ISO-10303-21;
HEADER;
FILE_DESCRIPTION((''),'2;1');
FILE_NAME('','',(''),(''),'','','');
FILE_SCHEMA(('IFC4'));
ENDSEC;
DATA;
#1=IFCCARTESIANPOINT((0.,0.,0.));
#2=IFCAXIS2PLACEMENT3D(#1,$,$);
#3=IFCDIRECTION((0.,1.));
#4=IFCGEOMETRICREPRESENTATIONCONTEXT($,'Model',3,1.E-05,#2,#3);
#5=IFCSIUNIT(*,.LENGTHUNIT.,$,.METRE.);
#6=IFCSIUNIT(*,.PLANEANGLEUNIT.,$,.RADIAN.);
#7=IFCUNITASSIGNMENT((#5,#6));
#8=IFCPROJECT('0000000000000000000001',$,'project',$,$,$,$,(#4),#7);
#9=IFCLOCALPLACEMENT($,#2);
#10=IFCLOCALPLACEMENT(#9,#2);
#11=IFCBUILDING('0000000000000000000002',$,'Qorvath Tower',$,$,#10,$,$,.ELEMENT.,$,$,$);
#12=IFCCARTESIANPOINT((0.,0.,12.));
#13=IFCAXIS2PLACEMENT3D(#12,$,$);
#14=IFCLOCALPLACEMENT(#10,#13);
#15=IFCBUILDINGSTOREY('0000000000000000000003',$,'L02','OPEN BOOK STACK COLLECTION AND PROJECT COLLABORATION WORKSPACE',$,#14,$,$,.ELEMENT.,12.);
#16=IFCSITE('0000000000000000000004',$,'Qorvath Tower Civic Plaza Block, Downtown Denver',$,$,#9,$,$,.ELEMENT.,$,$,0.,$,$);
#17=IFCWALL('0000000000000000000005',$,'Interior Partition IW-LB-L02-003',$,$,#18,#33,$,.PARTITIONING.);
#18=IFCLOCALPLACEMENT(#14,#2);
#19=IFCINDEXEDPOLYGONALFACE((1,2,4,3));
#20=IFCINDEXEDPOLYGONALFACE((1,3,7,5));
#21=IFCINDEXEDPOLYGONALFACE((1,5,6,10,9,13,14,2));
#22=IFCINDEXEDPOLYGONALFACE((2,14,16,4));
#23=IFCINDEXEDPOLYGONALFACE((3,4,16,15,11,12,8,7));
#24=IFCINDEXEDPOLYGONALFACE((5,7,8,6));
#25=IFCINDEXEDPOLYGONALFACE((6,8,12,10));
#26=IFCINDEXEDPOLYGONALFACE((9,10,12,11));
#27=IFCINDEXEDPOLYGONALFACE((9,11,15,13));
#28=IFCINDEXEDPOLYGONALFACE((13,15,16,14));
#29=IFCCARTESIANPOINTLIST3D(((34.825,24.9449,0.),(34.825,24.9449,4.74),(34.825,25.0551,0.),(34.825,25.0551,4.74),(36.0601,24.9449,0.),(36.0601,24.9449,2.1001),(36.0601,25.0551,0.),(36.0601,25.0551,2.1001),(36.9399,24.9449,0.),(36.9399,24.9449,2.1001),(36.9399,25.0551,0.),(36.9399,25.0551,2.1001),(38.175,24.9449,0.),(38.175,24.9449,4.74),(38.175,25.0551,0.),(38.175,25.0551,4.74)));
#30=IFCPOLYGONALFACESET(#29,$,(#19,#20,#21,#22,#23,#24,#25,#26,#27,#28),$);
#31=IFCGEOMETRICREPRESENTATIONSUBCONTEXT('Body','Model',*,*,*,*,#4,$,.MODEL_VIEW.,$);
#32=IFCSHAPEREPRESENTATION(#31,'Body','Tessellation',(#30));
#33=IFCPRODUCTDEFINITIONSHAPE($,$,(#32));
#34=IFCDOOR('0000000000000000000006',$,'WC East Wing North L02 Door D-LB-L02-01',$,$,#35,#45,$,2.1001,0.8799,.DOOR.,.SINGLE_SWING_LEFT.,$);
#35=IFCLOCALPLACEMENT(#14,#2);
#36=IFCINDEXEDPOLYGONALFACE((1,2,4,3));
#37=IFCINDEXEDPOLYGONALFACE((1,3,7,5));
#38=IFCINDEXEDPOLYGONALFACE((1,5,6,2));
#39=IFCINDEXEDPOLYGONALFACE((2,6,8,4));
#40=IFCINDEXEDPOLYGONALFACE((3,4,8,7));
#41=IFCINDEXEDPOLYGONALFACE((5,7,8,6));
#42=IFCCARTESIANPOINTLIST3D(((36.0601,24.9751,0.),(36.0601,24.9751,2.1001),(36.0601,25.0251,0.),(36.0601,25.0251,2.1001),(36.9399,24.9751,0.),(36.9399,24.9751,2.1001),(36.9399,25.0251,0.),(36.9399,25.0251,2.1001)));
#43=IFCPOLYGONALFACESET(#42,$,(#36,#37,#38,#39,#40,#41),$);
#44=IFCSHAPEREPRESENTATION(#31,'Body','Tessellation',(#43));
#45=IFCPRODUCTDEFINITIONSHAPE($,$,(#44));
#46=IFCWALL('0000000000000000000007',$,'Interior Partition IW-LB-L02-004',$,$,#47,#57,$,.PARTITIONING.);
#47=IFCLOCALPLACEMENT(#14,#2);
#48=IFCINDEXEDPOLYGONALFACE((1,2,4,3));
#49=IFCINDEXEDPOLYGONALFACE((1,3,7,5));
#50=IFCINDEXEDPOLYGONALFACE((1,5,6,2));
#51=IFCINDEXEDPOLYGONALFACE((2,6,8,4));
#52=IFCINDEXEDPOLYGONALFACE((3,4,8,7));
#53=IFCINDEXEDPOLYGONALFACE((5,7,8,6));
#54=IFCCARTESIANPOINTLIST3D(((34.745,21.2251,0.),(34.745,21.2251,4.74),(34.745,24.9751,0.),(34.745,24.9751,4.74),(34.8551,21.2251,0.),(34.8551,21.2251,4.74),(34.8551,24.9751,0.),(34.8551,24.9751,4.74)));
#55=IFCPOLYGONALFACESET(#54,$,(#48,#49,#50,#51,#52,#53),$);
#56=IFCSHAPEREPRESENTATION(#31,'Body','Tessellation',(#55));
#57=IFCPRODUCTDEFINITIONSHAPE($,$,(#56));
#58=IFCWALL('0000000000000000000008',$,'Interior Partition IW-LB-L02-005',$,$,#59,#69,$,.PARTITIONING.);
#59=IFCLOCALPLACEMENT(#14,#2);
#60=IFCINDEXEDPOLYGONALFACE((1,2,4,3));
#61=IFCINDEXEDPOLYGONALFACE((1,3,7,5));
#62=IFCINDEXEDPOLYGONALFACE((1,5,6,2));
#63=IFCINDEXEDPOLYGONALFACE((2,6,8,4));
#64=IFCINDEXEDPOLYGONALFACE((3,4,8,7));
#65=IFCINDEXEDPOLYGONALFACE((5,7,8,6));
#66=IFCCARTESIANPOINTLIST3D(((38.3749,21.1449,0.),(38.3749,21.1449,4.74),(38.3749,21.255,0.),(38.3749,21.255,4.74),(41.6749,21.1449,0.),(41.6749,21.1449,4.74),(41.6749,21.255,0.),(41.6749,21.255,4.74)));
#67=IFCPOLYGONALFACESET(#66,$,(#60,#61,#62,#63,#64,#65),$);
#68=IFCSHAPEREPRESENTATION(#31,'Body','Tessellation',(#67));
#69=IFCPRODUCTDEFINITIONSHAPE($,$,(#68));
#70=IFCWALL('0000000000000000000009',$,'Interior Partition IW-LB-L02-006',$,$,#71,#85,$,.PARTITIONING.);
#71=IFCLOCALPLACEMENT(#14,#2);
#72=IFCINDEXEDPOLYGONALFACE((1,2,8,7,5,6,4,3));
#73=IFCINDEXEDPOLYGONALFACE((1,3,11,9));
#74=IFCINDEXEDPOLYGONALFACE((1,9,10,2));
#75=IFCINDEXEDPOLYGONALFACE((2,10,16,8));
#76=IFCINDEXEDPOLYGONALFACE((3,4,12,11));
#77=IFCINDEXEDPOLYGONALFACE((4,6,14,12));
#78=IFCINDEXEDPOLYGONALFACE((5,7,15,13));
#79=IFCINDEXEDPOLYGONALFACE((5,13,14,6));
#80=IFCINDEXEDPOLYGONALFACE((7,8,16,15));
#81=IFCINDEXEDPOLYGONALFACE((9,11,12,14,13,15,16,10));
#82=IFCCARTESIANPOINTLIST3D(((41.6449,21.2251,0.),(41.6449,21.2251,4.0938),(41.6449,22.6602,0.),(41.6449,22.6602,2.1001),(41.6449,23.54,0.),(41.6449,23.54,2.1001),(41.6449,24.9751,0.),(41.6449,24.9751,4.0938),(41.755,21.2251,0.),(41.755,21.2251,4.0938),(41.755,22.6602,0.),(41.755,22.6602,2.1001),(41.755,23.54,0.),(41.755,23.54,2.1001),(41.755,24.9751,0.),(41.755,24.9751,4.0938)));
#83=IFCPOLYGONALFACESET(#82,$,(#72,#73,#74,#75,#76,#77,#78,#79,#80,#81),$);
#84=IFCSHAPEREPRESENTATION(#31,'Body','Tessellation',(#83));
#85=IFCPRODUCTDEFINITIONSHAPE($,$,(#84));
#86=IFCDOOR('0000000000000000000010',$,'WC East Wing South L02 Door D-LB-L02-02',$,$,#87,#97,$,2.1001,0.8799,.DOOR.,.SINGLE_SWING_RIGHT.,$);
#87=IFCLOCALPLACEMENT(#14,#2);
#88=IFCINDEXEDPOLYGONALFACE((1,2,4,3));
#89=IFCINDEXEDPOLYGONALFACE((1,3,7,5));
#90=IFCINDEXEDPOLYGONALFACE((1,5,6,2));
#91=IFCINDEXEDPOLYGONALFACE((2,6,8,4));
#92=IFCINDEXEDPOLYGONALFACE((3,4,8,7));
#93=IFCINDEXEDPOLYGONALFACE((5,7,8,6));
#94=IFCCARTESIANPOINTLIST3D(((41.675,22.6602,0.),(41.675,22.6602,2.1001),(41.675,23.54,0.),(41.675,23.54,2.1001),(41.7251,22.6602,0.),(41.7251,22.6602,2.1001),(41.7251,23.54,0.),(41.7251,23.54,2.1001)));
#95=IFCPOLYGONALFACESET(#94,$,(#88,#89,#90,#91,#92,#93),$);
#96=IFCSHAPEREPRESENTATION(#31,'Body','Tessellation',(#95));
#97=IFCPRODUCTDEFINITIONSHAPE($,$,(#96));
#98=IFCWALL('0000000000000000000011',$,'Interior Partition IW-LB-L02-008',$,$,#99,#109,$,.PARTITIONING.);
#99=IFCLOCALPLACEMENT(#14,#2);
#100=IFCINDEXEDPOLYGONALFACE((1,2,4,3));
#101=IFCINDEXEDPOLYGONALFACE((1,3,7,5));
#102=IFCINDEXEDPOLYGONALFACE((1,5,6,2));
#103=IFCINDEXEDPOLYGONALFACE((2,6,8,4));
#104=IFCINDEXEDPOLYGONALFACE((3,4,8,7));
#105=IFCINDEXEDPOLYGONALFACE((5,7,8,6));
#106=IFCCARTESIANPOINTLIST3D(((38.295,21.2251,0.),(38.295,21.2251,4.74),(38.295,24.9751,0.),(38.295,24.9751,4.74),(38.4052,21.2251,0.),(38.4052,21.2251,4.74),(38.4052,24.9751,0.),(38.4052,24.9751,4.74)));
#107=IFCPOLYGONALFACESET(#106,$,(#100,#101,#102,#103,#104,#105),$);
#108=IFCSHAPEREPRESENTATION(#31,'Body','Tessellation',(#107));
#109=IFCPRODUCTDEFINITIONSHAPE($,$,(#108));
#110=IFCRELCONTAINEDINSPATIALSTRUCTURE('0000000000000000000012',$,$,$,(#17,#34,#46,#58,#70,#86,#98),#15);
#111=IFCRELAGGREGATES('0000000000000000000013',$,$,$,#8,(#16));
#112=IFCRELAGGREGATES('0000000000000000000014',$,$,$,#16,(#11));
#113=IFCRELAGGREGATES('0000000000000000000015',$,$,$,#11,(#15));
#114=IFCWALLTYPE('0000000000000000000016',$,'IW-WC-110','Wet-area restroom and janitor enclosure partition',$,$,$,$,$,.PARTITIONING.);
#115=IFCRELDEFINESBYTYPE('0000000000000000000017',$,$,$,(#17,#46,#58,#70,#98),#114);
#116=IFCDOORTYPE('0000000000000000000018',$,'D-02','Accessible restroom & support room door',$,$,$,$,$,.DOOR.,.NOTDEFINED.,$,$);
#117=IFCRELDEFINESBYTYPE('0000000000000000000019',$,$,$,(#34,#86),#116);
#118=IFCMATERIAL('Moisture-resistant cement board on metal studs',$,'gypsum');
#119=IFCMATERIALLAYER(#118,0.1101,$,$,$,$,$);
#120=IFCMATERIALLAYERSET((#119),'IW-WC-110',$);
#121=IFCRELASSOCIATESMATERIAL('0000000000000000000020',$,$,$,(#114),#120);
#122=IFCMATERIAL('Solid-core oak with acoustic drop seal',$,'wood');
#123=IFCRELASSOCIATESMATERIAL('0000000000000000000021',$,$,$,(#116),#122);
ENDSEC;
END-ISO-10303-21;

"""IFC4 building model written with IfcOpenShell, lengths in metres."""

from ifc_helpers import new_model, si_unit, direction, frame, frame_2d, origin, place, context, subcontext, project, spatial, rectangle, extrude, material, layer, layer_set, type_object, element, fill, save


model = new_model("IFC4")

# Units and contexts
model_context = context("Model", 3, precision=1e-05, world=origin(), true_north=direction((0.0, 1.0)))
body_context = subcontext(model_context, "Body", "Model", "MODEL_VIEW")
ifc_project = project(units=[si_unit("LENGTHUNIT", "METRE"), si_unit("PLANEANGLEUNIT", "RADIAN")], contexts=[model_context])

# Site, building, storey
site_placement = place(None, origin())
site = spatial("IfcSite", under=ifc_project, at=site_placement, Name="Qorvath Tower Civic Plaza Block, Downtown Denver", CompositionType="ELEMENT", RefElevation=0.0)
building_placement = place(site_placement, origin())
building = spatial("IfcBuilding", under=site, at=building_placement, Name="Qorvath Tower", CompositionType="ELEMENT")
storey_placement = place(building_placement, frame((0.0, 0.0, 12.0)))
storey = spatial("IfcBuildingStorey", under=building, at=storey_placement, Name="L02", Description="OPEN BOOK STACK COLLECTION AND PROJECT COLLABORATION WORKSPACE", CompositionType="ELEMENT", Elevation=12.0)

# Shared definitions
ifc_material_1 = material(Name="Moisture-resistant cement board on metal studs", Category="gypsum")
ifc_layer_1 = layer(ifc_material_1, 0.1101)
ifc_layer_set_1 = layer_set([ifc_layer_1], Name="IW-WC-110")
wall_type_1 = type_object("IfcWallType", Name="IW-WC-110", Description="Wet-area restroom and janitor enclosure partition", PredefinedType="PARTITIONING", material=ifc_layer_set_1)

# Wall, opening, door
wall_1_placement = place(storey_placement, frame((38.175, 25.0, 0.0), z_axis=(0.0, 0.0, 1.0), x_axis=(-1.0, 0.0, 0.0)))
wall_1 = element("IfcWall", 1, at=wall_1_placement, inside=storey, type_object=wall_type_1, Name="Interior Partition IW-LB-L02-003", PredefinedType="PARTITIONING", context=body_context, shape_type="SweptSolid", body=[
    extrude(rectangle(XDim=3.3501, YDim=0.1101, at=frame_2d((1.675, 0.0))), origin(), (0.0, 0.0, 1.0), 4.74),
])
opening_1_placement = place(wall_1_placement, frame((1.2351, 0.0, 0.0)))
opening_1 = element("IfcOpeningElement", 2, at=opening_1_placement, cuts=wall_1, PredefinedType="OPENING", context=body_context, shape_type="SweptSolid", body=[
    extrude(rectangle(XDim=0.8799, YDim=2.1001, at=frame_2d((0.4399, 1.05))), frame((0.0, 0.0649, 0.0), z_axis=(0.0, -1.0, 0.0), x_axis=(1.0, 0.0, 0.0)), (0.0, 0.0, 1.0), 0.1301),
])
ifc_material_2 = material(Name="Solid-core oak with acoustic drop seal", Category="wood")
door_type = type_object("IfcDoorType", Name="D-02", Description="Accessible restroom & support room door", OperationType="NOTDEFINED", PredefinedType="DOOR", material=ifc_material_2)
door_1_placement = place(opening_1_placement, origin())
door_1 = element("IfcDoor", 3, at=door_1_placement, inside=storey, type_object=door_type, Name="WC East Wing North L02 Door D-LB-L02-01", OperationType="SINGLE_SWING_LEFT", OverallHeight=2.1001, OverallWidth=0.8799, PredefinedType="DOOR", context=body_context, shape_type="SweptSolid", body=[
    extrude(rectangle(XDim=0.8799, YDim=2.1001, at=frame_2d((0.4399, 1.05))), frame((0.0, 0.0249, 0.0), z_axis=(0.0, -1.0, 0.0), x_axis=(1.0, 0.0, 0.0)), (0.0, 0.0, 1.0), 0.05),
])
fill(opening_1, door_1)

# Walls
wall_2_placement = place(storey_placement, frame((34.8, 24.9751, 0.0), z_axis=(0.0, 0.0, 1.0), x_axis=(0.0, -1.0, 0.0)))
element("IfcWall", 4, at=wall_2_placement, inside=storey, type_object=wall_type_1, Name="Interior Partition IW-LB-L02-004", PredefinedType="PARTITIONING", context=body_context, shape_type="SweptSolid", body=[
    extrude(rectangle(XDim=3.75, YDim=0.1101, at=frame_2d((1.875, 0.0))), origin(), (0.0, 0.0, 1.0), 4.74),
])
wall_3_placement = place(storey_placement, frame((38.375, 21.2, 0.0), z_axis=(0.0, 0.0, 1.0), x_axis=(1.0, 0.0, 0.0)))
element("IfcWall", 5, at=wall_3_placement, inside=storey, type_object=wall_type_1, Name="Interior Partition IW-LB-L02-005", PredefinedType="PARTITIONING", context=body_context, shape_type="SweptSolid", body=[
    extrude(rectangle(XDim=3.3, YDim=0.1101, at=frame_2d((1.6499, 0.0))), origin(), (0.0, 0.0, 1.0), 4.74),
])

# Wall, opening, door
wall_4_placement = place(storey_placement, frame((41.7, 21.2251, 0.0), z_axis=(0.0, 0.0, 1.0), x_axis=(0.0, 1.0, 0.0)))
wall_4 = element("IfcWall", 6, at=wall_4_placement, inside=storey, type_object=wall_type_1, Name="Interior Partition IW-LB-L02-006", PredefinedType="PARTITIONING", context=body_context, shape_type="SweptSolid", body=[
    extrude(rectangle(XDim=3.75, YDim=0.1101, at=frame_2d((1.875, 0.0))), origin(), (0.0, 0.0, 1.0), 4.0938),
])
opening_2_placement = place(wall_4_placement, frame((1.4351, 0.0, 0.0)))
opening_2 = element("IfcOpeningElement", 7, at=opening_2_placement, cuts=wall_4, PredefinedType="OPENING", context=body_context, shape_type="SweptSolid", body=[
    extrude(rectangle(XDim=0.8799, YDim=2.1001, at=frame_2d((0.4399, 1.05))), frame((0.0, 0.0649, 0.0), z_axis=(0.0, -1.0, 0.0), x_axis=(1.0, 0.0, 0.0)), (0.0, 0.0, 1.0), 0.1301),
])
door_2_placement = place(opening_2_placement, origin())
door_2 = element("IfcDoor", 8, at=door_2_placement, inside=storey, type_object=door_type, Name="WC East Wing South L02 Door D-LB-L02-02", OperationType="SINGLE_SWING_RIGHT", OverallHeight=2.1001, OverallWidth=0.8799, PredefinedType="DOOR", context=body_context, shape_type="SweptSolid", body=[
    extrude(rectangle(XDim=0.8799, YDim=2.1001, at=frame_2d((0.4399, 1.05))), frame((0.0, 0.0249, 0.0), z_axis=(0.0, -1.0, 0.0), x_axis=(1.0, 0.0, 0.0)), (0.0, 0.0, 1.0), 0.05),
])
fill(opening_2, door_2)

# Wall
wall_5_placement = place(storey_placement, frame((38.3501, 24.9751, 0.0), z_axis=(0.0, 0.0, 1.0), x_axis=(0.0, -1.0, 0.0)))
element("IfcWall", 9, at=wall_5_placement, inside=storey, type_object=wall_type_1, Name="Interior Partition IW-LB-L02-008", PredefinedType="PARTITIONING", context=body_context, shape_type="SweptSolid", body=[
    extrude(rectangle(XDim=3.75, YDim=0.1101, at=frame_2d((1.875, 0.0))), origin(), (0.0, 0.0, 1.0), 4.74),
])

save(model, "model.ifc")
